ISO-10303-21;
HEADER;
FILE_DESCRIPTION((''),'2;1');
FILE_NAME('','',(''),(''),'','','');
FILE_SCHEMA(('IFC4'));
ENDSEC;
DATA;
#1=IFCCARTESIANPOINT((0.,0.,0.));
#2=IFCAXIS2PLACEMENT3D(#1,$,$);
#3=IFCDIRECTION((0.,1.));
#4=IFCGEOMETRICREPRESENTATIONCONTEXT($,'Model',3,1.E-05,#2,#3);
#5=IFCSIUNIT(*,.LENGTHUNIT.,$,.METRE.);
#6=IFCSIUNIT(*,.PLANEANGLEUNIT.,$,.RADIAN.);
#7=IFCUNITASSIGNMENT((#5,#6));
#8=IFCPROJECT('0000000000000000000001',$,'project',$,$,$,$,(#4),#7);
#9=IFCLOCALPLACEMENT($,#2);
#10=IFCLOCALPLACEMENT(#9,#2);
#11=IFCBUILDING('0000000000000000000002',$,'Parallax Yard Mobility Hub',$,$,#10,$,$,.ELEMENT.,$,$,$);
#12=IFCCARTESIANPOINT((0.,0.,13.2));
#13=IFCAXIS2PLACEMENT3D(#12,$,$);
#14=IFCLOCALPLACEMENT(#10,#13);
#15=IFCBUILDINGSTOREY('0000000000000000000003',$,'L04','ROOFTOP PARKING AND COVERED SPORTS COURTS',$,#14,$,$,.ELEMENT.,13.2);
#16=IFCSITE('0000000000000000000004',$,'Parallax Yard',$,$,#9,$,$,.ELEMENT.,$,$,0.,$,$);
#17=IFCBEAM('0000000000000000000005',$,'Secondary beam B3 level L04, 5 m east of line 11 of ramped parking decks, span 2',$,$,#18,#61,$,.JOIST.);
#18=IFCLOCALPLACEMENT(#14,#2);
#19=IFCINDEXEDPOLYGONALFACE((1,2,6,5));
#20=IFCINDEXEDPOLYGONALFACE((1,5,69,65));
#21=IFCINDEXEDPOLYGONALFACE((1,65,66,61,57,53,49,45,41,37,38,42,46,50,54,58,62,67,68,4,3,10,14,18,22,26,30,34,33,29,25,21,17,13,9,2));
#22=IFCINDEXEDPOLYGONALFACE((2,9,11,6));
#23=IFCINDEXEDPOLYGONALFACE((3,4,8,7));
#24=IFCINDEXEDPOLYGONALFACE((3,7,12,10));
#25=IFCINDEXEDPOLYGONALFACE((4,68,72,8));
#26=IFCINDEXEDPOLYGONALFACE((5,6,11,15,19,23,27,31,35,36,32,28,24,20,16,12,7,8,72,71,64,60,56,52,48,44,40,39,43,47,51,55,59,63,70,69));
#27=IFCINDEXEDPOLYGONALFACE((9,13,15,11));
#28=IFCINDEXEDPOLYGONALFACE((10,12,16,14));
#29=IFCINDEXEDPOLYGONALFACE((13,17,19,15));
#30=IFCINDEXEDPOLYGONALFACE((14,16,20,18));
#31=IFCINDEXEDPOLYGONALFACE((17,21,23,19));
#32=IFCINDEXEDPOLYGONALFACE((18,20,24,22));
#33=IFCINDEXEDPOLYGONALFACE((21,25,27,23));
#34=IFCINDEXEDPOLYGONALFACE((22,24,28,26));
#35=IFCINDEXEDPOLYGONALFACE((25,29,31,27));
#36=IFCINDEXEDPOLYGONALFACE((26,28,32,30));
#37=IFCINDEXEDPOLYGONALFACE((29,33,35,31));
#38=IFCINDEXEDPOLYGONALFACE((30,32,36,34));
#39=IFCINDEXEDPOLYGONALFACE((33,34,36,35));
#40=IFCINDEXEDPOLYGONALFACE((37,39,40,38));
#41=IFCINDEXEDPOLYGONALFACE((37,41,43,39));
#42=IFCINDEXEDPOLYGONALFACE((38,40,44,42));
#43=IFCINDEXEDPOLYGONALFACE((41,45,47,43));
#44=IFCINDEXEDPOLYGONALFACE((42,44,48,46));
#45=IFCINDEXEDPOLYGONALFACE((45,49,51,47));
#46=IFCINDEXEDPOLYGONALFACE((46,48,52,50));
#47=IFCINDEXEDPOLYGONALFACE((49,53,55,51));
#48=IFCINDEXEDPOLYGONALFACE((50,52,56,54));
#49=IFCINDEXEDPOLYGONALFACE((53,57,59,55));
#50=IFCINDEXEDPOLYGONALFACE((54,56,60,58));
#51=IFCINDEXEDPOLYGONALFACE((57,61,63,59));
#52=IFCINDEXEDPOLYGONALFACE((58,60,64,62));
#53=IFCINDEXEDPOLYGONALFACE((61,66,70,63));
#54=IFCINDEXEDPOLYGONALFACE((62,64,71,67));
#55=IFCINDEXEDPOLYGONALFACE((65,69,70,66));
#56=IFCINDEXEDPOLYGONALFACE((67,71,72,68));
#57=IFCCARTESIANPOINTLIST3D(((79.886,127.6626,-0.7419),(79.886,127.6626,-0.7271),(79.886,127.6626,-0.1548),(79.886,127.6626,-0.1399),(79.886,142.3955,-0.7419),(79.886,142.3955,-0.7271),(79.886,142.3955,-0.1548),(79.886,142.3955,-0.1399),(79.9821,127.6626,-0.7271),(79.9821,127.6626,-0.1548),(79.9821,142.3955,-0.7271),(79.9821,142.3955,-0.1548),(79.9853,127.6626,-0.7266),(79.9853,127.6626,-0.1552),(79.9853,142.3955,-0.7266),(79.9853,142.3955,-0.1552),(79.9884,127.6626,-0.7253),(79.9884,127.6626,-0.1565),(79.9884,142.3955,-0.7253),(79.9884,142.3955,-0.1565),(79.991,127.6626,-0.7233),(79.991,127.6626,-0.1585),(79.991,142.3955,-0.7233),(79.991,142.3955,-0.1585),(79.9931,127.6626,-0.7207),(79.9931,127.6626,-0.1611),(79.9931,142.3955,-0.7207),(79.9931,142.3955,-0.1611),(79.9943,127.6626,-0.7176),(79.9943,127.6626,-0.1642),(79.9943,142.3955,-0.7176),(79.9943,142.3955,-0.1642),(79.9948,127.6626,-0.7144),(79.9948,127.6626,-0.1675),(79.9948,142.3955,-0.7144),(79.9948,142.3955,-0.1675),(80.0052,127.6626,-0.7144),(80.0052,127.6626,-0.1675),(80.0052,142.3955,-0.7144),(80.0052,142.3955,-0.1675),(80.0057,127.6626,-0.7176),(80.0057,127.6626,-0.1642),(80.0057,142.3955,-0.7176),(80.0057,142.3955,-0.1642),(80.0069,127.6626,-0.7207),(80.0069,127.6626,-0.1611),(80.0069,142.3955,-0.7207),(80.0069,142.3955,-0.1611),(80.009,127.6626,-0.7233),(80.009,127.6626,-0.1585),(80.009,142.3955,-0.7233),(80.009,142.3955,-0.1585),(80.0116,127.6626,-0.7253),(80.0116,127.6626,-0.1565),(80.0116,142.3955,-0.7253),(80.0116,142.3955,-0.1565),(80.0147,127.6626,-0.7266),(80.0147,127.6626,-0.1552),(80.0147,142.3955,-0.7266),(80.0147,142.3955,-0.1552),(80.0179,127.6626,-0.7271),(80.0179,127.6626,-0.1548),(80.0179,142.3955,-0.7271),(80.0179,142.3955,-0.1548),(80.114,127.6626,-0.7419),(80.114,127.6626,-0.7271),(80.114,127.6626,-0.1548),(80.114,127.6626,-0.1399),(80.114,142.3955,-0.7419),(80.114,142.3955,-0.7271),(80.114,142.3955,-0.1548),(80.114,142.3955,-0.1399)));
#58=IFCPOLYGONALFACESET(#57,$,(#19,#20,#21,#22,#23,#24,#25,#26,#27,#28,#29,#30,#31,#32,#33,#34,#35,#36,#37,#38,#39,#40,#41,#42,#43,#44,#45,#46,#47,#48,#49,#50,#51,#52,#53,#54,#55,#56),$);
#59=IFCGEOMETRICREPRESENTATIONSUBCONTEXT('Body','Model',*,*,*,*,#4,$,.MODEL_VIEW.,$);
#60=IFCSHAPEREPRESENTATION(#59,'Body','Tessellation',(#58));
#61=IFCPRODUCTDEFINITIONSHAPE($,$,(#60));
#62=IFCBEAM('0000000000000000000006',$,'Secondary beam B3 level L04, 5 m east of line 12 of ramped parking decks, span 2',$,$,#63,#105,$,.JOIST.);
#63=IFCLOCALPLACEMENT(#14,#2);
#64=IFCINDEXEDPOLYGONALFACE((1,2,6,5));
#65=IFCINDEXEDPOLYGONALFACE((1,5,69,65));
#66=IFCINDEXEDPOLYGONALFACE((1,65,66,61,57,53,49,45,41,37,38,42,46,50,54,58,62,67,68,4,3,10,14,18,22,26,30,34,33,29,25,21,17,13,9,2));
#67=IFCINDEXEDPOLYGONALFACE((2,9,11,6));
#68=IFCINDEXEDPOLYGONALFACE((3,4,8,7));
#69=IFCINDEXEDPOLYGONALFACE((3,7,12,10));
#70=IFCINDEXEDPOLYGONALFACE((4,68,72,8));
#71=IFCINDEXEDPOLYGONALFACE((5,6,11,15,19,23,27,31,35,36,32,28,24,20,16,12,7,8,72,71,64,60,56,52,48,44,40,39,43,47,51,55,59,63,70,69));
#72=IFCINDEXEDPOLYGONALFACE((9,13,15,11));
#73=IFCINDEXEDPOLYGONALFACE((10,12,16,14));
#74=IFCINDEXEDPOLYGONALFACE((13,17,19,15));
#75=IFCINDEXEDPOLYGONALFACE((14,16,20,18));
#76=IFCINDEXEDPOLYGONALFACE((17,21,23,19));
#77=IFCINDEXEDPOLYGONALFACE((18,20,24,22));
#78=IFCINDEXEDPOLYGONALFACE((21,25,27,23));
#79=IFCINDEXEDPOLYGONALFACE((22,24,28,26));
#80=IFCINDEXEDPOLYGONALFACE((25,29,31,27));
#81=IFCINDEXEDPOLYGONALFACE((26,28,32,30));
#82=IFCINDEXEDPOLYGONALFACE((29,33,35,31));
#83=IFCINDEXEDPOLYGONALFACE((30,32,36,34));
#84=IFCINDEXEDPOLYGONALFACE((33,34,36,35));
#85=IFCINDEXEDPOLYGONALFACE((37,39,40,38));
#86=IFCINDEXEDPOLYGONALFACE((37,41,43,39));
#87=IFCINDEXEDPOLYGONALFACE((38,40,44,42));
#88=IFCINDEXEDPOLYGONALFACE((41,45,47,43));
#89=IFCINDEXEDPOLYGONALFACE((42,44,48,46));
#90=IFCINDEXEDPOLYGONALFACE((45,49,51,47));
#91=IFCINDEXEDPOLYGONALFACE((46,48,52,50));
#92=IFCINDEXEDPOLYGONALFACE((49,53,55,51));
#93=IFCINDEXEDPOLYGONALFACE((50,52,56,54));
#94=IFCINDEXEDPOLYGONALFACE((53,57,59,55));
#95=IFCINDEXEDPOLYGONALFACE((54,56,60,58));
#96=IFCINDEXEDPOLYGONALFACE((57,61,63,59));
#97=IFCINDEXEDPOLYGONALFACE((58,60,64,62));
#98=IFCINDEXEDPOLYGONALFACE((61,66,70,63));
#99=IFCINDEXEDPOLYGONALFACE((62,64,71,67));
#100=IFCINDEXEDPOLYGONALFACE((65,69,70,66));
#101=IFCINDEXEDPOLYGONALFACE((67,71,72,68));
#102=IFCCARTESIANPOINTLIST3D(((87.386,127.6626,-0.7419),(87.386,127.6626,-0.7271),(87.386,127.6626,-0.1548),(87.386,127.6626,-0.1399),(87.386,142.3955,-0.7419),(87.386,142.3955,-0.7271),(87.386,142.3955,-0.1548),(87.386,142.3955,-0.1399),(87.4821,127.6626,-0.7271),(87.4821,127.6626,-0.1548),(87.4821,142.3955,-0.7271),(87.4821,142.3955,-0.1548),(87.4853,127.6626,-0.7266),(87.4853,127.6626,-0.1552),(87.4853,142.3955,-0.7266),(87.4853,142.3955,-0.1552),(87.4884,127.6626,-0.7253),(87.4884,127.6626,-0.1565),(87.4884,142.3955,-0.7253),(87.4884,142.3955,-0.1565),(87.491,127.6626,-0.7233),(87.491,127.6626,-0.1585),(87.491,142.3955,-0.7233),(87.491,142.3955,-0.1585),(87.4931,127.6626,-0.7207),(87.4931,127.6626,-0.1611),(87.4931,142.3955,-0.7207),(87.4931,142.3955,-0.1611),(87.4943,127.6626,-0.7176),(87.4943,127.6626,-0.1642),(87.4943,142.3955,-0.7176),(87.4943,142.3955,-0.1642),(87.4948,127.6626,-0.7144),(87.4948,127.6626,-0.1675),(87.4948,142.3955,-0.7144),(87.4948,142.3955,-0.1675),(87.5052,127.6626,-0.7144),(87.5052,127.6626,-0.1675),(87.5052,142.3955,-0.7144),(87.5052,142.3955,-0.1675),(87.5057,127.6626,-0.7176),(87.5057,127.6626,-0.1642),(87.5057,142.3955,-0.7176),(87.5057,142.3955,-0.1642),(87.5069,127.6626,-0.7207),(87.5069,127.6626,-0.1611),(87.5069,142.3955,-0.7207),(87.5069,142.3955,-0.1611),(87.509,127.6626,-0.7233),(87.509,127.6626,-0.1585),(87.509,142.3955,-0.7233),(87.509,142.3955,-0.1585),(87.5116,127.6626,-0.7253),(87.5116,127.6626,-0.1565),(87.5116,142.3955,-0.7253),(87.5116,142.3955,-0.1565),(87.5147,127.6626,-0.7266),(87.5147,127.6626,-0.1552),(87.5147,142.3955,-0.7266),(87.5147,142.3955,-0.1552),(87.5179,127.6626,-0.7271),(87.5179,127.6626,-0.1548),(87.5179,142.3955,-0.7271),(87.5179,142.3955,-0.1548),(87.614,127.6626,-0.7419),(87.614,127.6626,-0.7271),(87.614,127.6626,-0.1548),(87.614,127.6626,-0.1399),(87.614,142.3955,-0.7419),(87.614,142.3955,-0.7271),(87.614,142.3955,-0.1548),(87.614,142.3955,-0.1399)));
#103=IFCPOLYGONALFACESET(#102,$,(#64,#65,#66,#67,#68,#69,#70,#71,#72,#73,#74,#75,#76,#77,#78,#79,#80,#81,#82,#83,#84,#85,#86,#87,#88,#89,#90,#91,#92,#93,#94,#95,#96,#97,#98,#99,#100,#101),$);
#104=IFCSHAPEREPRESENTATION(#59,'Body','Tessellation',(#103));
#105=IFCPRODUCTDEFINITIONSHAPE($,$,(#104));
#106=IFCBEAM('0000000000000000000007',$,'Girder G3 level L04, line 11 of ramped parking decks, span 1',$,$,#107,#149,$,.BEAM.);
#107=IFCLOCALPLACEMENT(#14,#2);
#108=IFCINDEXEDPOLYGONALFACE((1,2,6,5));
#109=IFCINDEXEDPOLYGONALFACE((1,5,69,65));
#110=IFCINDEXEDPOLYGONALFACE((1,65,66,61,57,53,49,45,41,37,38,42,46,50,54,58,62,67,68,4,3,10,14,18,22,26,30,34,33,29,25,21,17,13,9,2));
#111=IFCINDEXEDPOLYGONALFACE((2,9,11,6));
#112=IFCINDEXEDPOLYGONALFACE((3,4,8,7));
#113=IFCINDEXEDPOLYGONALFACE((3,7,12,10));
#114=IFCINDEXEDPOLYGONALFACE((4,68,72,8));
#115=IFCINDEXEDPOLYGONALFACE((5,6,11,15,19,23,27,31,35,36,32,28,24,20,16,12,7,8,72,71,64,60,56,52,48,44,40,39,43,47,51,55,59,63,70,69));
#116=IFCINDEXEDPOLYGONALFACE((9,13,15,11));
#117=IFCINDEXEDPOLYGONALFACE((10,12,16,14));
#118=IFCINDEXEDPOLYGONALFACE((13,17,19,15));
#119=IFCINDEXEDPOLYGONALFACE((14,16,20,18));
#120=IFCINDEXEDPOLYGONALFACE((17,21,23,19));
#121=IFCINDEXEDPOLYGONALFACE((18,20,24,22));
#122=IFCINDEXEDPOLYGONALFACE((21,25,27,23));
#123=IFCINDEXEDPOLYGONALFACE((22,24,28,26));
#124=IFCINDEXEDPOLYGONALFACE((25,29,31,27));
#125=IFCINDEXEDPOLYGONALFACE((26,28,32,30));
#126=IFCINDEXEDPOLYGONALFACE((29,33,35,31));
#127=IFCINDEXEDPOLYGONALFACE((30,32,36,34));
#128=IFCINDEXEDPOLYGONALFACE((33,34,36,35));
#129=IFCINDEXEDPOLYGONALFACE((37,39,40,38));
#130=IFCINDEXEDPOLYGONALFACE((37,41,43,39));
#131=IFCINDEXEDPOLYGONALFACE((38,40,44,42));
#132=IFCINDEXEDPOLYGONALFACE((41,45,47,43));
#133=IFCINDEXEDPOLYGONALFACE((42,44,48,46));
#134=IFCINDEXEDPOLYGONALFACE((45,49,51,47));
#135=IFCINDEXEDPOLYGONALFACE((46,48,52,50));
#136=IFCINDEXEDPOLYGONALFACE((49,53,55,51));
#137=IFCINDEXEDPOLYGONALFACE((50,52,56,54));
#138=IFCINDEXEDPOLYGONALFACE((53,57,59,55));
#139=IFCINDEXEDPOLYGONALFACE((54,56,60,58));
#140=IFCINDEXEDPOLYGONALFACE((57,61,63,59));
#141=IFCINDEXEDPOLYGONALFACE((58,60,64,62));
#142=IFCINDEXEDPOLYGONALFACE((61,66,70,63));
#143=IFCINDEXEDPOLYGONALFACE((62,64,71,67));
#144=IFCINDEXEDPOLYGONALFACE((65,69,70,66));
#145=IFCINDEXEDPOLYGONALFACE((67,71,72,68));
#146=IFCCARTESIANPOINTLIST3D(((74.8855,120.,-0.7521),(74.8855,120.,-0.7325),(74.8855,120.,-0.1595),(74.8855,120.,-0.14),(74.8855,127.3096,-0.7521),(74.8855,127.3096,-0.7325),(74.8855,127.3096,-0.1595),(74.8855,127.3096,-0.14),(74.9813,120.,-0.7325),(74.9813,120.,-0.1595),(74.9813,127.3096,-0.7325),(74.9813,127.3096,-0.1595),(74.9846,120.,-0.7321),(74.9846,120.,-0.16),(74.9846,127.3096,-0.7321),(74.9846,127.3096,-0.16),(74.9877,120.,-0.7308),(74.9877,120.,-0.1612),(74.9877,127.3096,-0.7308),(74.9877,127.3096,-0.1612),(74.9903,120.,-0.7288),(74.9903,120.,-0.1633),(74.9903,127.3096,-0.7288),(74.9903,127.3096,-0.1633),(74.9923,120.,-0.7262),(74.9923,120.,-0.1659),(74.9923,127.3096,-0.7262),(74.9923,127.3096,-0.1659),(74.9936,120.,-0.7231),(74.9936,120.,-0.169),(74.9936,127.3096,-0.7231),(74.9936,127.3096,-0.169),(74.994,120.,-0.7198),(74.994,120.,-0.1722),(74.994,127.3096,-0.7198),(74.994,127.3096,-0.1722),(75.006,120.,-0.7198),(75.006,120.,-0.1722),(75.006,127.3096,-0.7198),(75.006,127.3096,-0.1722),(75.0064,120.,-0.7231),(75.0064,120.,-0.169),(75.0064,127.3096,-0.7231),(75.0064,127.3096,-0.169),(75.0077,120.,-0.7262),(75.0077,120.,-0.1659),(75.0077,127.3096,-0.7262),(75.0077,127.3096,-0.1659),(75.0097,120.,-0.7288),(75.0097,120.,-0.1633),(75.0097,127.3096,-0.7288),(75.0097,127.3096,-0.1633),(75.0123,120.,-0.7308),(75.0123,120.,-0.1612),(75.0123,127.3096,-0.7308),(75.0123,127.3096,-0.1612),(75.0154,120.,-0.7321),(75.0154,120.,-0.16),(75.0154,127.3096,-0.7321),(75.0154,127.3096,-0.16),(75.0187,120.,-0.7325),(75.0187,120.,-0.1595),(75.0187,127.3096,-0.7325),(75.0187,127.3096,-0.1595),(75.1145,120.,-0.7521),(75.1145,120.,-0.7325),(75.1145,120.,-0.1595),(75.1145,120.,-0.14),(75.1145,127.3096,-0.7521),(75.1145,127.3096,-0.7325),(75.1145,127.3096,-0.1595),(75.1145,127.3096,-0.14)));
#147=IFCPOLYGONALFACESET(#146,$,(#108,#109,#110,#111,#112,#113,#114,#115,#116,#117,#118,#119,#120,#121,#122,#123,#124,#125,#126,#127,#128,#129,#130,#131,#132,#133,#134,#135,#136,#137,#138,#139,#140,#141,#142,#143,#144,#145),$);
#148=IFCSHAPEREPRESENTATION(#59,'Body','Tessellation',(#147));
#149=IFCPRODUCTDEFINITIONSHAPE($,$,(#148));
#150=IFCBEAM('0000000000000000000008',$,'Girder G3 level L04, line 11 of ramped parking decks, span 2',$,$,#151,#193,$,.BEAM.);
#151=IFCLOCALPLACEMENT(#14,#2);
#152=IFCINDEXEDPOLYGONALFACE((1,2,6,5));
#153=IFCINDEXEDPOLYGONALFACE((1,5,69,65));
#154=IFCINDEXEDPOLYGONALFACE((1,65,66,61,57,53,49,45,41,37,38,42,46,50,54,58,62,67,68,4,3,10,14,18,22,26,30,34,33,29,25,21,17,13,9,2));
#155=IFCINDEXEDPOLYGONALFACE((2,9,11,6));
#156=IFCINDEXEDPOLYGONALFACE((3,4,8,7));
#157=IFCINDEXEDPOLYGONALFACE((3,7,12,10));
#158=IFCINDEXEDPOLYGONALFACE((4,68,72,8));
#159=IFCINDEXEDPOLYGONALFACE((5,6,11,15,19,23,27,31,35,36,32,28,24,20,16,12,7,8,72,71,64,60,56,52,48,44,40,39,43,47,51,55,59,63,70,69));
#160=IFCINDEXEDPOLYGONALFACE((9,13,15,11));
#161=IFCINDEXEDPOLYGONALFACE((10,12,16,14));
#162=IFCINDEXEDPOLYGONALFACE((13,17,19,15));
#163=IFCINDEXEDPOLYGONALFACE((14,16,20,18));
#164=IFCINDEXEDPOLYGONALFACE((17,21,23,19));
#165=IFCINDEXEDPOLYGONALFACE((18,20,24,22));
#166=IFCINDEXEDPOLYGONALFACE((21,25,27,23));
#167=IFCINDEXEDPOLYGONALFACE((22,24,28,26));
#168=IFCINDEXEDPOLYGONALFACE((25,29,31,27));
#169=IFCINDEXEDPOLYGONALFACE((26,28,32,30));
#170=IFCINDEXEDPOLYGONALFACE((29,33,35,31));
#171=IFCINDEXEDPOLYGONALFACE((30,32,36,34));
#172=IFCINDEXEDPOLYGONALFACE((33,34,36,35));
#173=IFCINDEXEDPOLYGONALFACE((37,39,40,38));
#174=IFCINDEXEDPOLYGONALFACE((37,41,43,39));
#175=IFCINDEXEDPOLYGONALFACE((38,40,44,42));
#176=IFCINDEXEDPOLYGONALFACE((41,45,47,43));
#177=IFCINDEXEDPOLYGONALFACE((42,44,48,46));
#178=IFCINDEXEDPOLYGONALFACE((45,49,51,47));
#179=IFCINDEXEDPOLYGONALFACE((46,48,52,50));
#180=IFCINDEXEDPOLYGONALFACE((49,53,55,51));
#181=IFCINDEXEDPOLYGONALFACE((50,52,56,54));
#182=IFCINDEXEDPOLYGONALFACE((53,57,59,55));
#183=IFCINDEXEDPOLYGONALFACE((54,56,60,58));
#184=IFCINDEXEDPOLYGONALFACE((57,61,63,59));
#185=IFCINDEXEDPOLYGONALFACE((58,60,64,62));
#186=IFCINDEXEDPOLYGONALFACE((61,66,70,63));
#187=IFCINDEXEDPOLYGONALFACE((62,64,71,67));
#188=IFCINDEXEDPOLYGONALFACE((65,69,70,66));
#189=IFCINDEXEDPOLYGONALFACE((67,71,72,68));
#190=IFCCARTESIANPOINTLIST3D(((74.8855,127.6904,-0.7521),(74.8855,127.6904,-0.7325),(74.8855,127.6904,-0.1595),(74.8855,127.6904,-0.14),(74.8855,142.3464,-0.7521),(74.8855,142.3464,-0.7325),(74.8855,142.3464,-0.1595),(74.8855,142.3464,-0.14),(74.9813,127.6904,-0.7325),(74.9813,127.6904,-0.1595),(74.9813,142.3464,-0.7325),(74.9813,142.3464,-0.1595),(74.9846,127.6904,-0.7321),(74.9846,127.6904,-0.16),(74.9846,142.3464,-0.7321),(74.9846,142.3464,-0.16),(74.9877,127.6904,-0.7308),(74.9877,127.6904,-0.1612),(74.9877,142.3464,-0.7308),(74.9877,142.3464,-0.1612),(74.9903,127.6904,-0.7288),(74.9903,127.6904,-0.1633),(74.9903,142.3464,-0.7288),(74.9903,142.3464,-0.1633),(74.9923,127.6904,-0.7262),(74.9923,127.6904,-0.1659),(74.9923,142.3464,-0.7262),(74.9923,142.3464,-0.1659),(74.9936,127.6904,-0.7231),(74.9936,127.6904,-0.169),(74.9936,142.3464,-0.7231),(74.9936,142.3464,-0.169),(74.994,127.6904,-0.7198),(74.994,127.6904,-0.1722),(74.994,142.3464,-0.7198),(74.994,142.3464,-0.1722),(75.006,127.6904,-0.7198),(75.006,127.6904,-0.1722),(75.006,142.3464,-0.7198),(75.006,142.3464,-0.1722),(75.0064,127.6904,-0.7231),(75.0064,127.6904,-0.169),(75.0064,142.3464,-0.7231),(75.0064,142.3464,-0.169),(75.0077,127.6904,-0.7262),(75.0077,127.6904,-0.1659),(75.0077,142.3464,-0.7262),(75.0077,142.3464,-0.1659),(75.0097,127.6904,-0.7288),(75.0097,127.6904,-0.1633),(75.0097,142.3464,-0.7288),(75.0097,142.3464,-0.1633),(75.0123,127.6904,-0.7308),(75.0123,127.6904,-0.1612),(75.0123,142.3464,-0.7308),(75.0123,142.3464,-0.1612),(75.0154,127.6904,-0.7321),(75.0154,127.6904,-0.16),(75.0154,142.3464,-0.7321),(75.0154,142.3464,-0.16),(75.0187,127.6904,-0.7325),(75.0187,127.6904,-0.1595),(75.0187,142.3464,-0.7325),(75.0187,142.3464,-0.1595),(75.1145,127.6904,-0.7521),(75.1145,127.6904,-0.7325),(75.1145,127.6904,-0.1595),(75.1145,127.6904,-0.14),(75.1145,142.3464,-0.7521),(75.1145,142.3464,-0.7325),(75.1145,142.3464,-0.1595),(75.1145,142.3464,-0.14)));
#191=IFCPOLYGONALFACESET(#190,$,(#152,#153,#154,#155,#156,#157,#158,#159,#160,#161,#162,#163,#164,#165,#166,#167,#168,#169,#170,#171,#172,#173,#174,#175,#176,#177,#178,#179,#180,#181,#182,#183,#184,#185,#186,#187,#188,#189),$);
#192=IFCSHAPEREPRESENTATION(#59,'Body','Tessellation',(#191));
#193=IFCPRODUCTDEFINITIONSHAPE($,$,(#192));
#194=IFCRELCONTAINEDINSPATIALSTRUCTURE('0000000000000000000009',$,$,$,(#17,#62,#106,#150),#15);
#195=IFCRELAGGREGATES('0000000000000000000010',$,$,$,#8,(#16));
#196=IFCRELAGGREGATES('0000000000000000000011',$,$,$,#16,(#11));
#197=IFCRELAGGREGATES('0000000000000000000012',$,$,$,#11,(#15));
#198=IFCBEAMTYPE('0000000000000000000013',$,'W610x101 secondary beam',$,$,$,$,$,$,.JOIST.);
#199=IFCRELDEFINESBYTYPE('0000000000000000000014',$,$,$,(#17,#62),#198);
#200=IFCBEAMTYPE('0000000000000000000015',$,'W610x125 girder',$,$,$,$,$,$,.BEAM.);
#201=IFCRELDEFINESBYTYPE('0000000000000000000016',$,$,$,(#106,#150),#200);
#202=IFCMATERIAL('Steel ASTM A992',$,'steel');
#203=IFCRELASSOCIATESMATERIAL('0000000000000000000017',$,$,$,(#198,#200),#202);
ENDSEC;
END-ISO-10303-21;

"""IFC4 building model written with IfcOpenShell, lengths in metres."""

from ifc_helpers import new_model, si_unit, direction, frame, origin, origin_2d, place, context, subcontext, project, spatial, i_section, extrude, material, material_profile, profile_set, type_object, element, save


model = new_model("IFC4")

# Units and contexts
model_context = context("Model", 3, precision=1e-05, world=origin(), true_north=direction((0.0, 1.0)))
body_context = subcontext(model_context, "Body", "Model", "MODEL_VIEW")
ifc_project = project(units=[si_unit("LENGTHUNIT", "METRE"), si_unit("PLANEANGLEUNIT", "RADIAN")], contexts=[model_context])

# Site, building, storey
site_placement = place(None, origin())
site = spatial("IfcSite", under=ifc_project, at=site_placement, Name="Parallax Yard", CompositionType="ELEMENT", RefElevation=0.0)
building_placement = place(site_placement, origin())
building = spatial("IfcBuilding", under=site, at=building_placement, Name="Parallax Yard Mobility Hub", CompositionType="ELEMENT")
storey_placement = place(building_placement, frame((0.0, 0.0, 13.2)))
storey = spatial("IfcBuildingStorey", under=building, at=storey_placement, Name="L04", Description="ROOFTOP PARKING AND COVERED SPORTS COURTS", CompositionType="ELEMENT", Elevation=13.2)

# Beams
ifc_material_1 = material(Name="Steel ASTM A992", Category="steel")
ifc_material_profile_1 = material_profile(ifc_material_1, i_section(OverallWidth=0.228, OverallDepth=0.6021, WebThickness=0.0105, FlangeThickness=0.0149, FilletRadius=0.0127, at=origin_2d()), Name="W610x101")
ifc_profile_set_1 = profile_set([ifc_material_profile_1], Name="Steel ASTM A992")
beam_type_1 = type_object("IfcBeamType", Name="W610x101 secondary beam", PredefinedType="JOIST", material=ifc_profile_set_1)
for number, where, z_axis, x_axis, name in (
    (1, (80.0, 127.6626, -0.4409), (0.0, 1.0, 0.0), (-1.0, 0.0, 0.0), "Secondary beam B3 level L04, 5 m east of line 11 of ramped parking decks, span 2"),
    (2, (87.5, 127.6626, -0.4409), (0.0, 1.0, 0.0), (-1.0, 0.0, 0.0), "Secondary beam B3 level L04, 5 m east of line 12 of ramped parking decks, span 2"),
):
    element("IfcBeam", number, at=place(storey_placement, frame(where, z_axis=z_axis, x_axis=x_axis)), inside=storey, type_object=beam_type_1, Name=name, PredefinedType="JOIST", context=body_context, shape_type="SweptSolid", body=[
        extrude(i_section(OverallWidth=0.228, OverallDepth=0.6021, WebThickness=0.0105, FlangeThickness=0.0149, FilletRadius=0.0127, at=origin_2d()), origin(), (0.0, 0.0, 1.0), 14.7329),
    ])
ifc_material_profile_2 = material_profile(ifc_material_1, i_section(OverallWidth=0.229, OverallDepth=0.6121, WebThickness=0.012, FlangeThickness=0.0195, FilletRadius=0.0127, at=origin_2d()), Name="W610x125")
ifc_profile_set_2 = profile_set([ifc_material_profile_2], Name="Steel ASTM A992")
beam_type_2 = type_object("IfcBeamType", Name="W610x125 girder", PredefinedType="BEAM", material=ifc_profile_set_2)
beam_1_placement = place(storey_placement, frame((75.0, 120.0, -0.446), z_axis=(0.0, 1.0, 0.0), x_axis=(-1.0, 0.0, 0.0)))
element("IfcBeam", 3, at=beam_1_placement, inside=storey, type_object=beam_type_2, Name="Girder G3 level L04, line 11 of ramped parking decks, span 1", PredefinedType="BEAM", context=body_context, shape_type="SweptSolid", body=[
    extrude(i_section(OverallWidth=0.229, OverallDepth=0.6121, WebThickness=0.012, FlangeThickness=0.0195, FilletRadius=0.0127, at=origin_2d()), origin(), (0.0, 0.0, 1.0), 7.3096),
])
beam_2_placement = place(storey_placement, frame((75.0, 127.6904, -0.446), z_axis=(0.0, 1.0, 0.0), x_axis=(-1.0, 0.0, 0.0)))
element("IfcBeam", 4, at=beam_2_placement, inside=storey, type_object=beam_type_2, Name="Girder G3 level L04, line 11 of ramped parking decks, span 2", PredefinedType="BEAM", context=body_context, shape_type="SweptSolid", body=[
    extrude(i_section(OverallWidth=0.229, OverallDepth=0.6121, WebThickness=0.012, FlangeThickness=0.0195, FilletRadius=0.0127, at=origin_2d()), origin(), (0.0, 0.0, 1.0), 14.656),
])

save(model, "model.ifc")
